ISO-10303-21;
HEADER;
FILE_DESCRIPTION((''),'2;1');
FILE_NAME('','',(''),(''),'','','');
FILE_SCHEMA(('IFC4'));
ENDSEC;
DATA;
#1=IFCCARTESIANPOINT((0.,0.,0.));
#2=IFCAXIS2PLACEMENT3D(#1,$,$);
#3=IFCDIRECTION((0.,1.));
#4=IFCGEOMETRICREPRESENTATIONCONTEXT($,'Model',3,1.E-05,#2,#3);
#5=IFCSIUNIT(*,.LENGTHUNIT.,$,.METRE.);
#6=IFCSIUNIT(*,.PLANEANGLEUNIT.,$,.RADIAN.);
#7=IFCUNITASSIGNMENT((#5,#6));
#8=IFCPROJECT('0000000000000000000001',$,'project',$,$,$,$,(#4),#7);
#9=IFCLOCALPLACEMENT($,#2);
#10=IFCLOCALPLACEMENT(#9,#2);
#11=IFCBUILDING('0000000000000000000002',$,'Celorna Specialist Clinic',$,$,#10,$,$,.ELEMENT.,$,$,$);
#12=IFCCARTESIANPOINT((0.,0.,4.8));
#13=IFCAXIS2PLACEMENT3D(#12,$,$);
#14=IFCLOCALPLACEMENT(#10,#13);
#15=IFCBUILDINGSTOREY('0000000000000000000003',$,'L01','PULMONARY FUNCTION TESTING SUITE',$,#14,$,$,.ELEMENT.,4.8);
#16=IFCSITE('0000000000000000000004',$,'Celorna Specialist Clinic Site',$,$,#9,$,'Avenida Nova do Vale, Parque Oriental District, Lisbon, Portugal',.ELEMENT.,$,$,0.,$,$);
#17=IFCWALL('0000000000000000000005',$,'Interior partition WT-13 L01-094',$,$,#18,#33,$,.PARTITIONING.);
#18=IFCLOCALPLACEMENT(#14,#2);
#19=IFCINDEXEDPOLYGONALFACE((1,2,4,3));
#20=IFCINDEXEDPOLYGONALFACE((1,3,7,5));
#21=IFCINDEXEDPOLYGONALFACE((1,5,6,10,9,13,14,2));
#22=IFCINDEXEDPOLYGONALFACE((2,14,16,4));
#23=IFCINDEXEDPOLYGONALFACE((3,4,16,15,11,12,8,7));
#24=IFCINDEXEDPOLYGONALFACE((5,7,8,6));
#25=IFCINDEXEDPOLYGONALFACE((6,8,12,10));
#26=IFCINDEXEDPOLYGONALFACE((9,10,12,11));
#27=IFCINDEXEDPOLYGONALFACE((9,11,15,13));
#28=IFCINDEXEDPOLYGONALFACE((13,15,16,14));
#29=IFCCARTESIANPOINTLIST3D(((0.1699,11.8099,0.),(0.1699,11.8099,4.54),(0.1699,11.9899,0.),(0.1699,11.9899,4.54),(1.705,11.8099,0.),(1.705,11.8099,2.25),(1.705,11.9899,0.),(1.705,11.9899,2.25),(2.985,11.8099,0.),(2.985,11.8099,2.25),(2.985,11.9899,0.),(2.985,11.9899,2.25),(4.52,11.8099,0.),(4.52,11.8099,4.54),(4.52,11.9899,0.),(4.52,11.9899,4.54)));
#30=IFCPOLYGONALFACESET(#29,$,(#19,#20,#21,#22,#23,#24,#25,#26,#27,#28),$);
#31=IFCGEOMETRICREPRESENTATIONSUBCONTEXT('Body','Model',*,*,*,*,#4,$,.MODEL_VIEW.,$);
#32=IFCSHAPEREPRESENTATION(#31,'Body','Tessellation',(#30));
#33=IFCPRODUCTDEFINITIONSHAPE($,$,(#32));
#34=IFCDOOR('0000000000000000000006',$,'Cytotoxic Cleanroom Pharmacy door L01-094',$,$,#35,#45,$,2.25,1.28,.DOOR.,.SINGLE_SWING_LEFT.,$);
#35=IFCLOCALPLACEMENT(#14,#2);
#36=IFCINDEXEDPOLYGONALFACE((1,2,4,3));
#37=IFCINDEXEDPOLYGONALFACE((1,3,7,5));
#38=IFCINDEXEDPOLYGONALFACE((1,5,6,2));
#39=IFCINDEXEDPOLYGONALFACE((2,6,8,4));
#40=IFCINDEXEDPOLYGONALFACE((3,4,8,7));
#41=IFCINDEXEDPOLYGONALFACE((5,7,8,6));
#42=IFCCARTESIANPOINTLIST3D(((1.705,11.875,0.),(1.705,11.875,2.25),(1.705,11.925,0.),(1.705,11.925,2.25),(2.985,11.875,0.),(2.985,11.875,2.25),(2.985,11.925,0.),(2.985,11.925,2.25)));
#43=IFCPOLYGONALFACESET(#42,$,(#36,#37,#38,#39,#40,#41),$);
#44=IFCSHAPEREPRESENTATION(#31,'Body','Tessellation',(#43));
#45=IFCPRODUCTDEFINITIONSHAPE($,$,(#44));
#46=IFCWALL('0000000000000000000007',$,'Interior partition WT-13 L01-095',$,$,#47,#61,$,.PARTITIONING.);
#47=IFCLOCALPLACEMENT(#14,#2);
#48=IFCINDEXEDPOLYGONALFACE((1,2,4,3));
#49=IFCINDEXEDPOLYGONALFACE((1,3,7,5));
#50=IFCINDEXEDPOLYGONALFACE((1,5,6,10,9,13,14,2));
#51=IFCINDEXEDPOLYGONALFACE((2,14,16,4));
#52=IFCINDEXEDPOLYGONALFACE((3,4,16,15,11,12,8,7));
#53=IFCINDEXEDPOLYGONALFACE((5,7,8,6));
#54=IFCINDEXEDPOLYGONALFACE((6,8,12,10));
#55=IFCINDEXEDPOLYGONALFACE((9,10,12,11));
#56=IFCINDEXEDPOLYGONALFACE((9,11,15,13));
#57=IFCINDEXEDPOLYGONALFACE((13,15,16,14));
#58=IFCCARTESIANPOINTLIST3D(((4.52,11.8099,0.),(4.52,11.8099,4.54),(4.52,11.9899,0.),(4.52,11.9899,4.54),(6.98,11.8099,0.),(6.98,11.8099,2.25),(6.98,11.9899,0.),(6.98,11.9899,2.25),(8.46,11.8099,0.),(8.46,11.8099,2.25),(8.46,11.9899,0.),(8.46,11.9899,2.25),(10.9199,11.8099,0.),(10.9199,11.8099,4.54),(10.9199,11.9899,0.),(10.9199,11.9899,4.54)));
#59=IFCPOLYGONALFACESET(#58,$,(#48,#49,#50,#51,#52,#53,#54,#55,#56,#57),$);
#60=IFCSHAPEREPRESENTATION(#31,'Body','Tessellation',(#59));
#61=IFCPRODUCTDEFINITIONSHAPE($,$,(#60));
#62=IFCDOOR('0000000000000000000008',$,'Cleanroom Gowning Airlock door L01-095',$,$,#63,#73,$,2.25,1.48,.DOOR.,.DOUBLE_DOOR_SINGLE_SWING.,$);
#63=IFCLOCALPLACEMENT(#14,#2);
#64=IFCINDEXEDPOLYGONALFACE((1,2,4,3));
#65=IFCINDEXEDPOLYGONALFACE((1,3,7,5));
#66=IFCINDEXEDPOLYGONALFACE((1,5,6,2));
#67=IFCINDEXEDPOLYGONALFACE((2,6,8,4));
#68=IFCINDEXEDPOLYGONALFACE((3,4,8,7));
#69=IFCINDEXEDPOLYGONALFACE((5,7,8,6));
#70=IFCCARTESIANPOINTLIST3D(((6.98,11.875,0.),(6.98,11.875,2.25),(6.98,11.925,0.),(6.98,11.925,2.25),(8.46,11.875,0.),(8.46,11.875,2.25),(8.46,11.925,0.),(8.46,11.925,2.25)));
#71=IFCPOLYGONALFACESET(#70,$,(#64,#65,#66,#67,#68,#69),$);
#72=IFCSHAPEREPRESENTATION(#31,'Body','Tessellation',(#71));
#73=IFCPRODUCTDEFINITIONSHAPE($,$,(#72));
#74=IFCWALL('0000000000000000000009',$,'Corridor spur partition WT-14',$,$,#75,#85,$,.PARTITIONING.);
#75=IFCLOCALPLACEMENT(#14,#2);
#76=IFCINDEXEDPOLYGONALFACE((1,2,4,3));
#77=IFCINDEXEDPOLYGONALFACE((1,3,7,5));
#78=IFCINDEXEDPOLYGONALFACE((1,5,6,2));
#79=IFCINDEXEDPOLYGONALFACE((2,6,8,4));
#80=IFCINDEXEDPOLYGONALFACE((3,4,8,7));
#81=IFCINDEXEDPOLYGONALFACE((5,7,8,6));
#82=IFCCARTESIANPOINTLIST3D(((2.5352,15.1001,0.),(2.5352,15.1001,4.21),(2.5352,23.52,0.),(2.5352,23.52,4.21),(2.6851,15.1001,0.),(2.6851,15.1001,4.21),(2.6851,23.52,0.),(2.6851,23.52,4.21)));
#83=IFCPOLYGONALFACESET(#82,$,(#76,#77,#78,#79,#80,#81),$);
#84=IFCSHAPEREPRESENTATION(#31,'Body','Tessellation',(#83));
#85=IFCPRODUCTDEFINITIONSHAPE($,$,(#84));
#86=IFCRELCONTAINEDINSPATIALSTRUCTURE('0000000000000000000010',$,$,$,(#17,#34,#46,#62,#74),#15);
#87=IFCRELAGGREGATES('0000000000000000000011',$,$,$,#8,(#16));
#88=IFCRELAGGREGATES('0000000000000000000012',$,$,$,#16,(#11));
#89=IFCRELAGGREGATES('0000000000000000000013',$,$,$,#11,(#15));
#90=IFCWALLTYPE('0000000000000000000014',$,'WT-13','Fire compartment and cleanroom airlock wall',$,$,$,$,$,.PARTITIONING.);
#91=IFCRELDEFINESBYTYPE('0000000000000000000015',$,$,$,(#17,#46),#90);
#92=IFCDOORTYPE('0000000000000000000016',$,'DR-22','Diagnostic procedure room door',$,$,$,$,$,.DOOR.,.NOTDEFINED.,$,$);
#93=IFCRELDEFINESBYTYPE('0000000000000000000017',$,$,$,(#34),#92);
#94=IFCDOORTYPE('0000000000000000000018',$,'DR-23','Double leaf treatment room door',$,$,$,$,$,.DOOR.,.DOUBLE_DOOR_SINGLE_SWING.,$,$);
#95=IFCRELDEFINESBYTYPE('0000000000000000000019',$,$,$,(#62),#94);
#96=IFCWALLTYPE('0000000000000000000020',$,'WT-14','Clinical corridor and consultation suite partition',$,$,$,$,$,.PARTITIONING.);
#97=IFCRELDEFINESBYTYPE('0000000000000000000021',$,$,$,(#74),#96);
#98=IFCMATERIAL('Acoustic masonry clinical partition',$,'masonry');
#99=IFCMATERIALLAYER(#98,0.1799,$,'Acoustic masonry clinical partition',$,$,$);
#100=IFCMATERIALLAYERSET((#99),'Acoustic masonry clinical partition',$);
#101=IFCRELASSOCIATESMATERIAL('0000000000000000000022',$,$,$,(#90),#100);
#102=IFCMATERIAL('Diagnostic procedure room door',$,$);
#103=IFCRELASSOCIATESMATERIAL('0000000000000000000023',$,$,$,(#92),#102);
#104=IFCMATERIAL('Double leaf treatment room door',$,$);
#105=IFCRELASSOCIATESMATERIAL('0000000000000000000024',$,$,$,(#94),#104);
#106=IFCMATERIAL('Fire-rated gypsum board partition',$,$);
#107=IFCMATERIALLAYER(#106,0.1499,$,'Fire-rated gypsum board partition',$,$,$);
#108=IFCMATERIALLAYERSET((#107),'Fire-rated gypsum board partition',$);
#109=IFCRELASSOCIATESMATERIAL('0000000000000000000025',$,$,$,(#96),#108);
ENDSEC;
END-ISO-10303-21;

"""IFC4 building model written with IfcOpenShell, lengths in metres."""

from ifc_helpers import new_model, si_unit, direction, frame, frame_2d, origin, place, context, subcontext, project, spatial, rectangle, extrude, material, layer, layer_set, type_object, element, fill, save


model = new_model("IFC4")

# Units and contexts
model_context = context("Model", 3, precision=1e-05, world=origin(), true_north=direction((0.0, 1.0)))
body_context = subcontext(model_context, "Body", "Model", "MODEL_VIEW")
ifc_project = project(units=[si_unit("LENGTHUNIT", "METRE"), si_unit("PLANEANGLEUNIT", "RADIAN")], contexts=[model_context])

# Site, building, storey
site_placement = place(None, origin())
site = spatial("IfcSite", under=ifc_project, at=site_placement, Name="Celorna Specialist Clinic Site", LongName="Avenida Nova do Vale, Parque Oriental District, Lisbon, Portugal", CompositionType="ELEMENT", RefElevation=0.0)
building_placement = place(site_placement, origin())
building = spatial("IfcBuilding", under=site, at=building_placement, Name="Celorna Specialist Clinic", CompositionType="ELEMENT")
storey_placement = place(building_placement, frame((0.0, 0.0, 4.8)))
storey = spatial("IfcBuildingStorey", under=building, at=storey_placement, Name="L01", Description="PULMONARY FUNCTION TESTING SUITE", CompositionType="ELEMENT", Elevation=4.8)

# Walls, openings, doors
ifc_material_1 = material(Name="Acoustic masonry clinical partition", Category="masonry")
ifc_layer_1 = layer(ifc_material_1, 0.1799, Name="Acoustic masonry clinical partition")
ifc_layer_set_1 = layer_set([ifc_layer_1], Name="Acoustic masonry clinical partition")
wall_type_1 = type_object("IfcWallType", Name="WT-13", Description="Fire compartment and cleanroom airlock wall", PredefinedType="PARTITIONING", material=ifc_layer_set_1)
wall_1_placement = place(storey_placement, frame((4.52, 11.8999, 0.0), z_axis=(0.0, 0.0, 1.0), x_axis=(-1.0, 0.0, 0.0)))
wall_1 = element("IfcWall", 1, at=wall_1_placement, inside=storey, type_object=wall_type_1, Name="Interior partition WT-13 L01-094", PredefinedType="PARTITIONING", context=body_context, shape_type="SweptSolid", body=[
    extrude(rectangle(XDim=4.3501, YDim=0.1799, at=frame_2d((2.175, 0.0))), origin(), (0.0, 0.0, 1.0), 4.54),
])
opening_1_placement = place(wall_1_placement, frame((1.5349, 0.0, 0.0)))
opening_1 = element("IfcOpeningElement", 2, at=opening_1_placement, cuts=wall_1, PredefinedType="OPENING", context=body_context, shape_type="SweptSolid", body=[
    extrude(rectangle(XDim=1.28, YDim=2.25, at=frame_2d((0.6401, 1.125))), frame((0.0, 0.0999, 0.0), z_axis=(0.0, -1.0, 0.0), x_axis=(1.0, 0.0, 0.0)), (0.0, 0.0, 1.0), 0.2),
])
ifc_material_2 = material(Name="Diagnostic procedure room door")
door_type_1 = type_object("IfcDoorType", Name="DR-22", Description="Diagnostic procedure room door", OperationType="NOTDEFINED", PredefinedType="DOOR", material=ifc_material_2)
door_1_placement = place(opening_1_placement, origin())
door_1 = element("IfcDoor", 3, at=door_1_placement, inside=storey, type_object=door_type_1, Name="Cytotoxic Cleanroom Pharmacy door L01-094", OperationType="SINGLE_SWING_LEFT", OverallHeight=2.25, OverallWidth=1.28, PredefinedType="DOOR", context=body_context, shape_type="SweptSolid", body=[
    extrude(rectangle(XDim=1.28, YDim=2.25, at=frame_2d((0.6401, 1.125))), frame((0.0, 0.0249, 0.0), z_axis=(0.0, -1.0, 0.0), x_axis=(1.0, 0.0, 0.0)), (0.0, 0.0, 1.0), 0.05),
])
fill(opening_1, door_1)
wall_2_placement = place(storey_placement, frame((10.9199, 11.8999, 0.0), z_axis=(0.0, 0.0, 1.0), x_axis=(-1.0, 0.0, 0.0)))
wall_2 = element("IfcWall", 4, at=wall_2_placement, inside=storey, type_object=wall_type_1, Name="Interior partition WT-13 L01-095", PredefinedType="PARTITIONING", context=body_context, shape_type="SweptSolid", body=[
    extrude(rectangle(XDim=6.3999, YDim=0.1799, at=frame_2d((3.2, 0.0))), origin(), (0.0, 0.0, 1.0), 4.54),
])
opening_2_placement = place(wall_2_placement, frame((2.46, 0.0, 0.0)))
opening_2 = element("IfcOpeningElement", 5, at=opening_2_placement, cuts=wall_2, PredefinedType="OPENING", context=body_context, shape_type="SweptSolid", body=[
    extrude(rectangle(XDim=1.48, YDim=2.25, at=frame_2d((0.74, 1.125))), frame((0.0, 0.0999, 0.0), z_axis=(0.0, -1.0, 0.0), x_axis=(1.0, 0.0, 0.0)), (0.0, 0.0, 1.0), 0.2),
])
ifc_material_3 = material(Name="Double leaf treatment room door")
door_type_2 = type_object("IfcDoorType", Name="DR-23", Description="Double leaf treatment room door", OperationType="DOUBLE_DOOR_SINGLE_SWING", PredefinedType="DOOR", material=ifc_material_3)
door_2_placement = place(opening_2_placement, origin())
door_2 = element("IfcDoor", 6, at=door_2_placement, inside=storey, type_object=door_type_2, Name="Cleanroom Gowning Airlock door L01-095", OperationType="DOUBLE_DOOR_SINGLE_SWING", OverallHeight=2.25, OverallWidth=1.48, PredefinedType="DOOR", context=body_context, shape_type="SweptSolid", body=[
    extrude(rectangle(XDim=1.48, YDim=2.25, at=frame_2d((0.74, 1.125))), frame((0.0, 0.0249, 0.0), z_axis=(0.0, -1.0, 0.0), x_axis=(1.0, 0.0, 0.0)), (0.0, 0.0, 1.0), 0.05),
])
fill(opening_2, door_2)

# Wall
ifc_material_4 = material(Name="Fire-rated gypsum board partition")
ifc_layer_2 = layer(ifc_material_4, 0.1499, Name="Fire-rated gypsum board partition")
ifc_layer_set_2 = layer_set([ifc_layer_2], Name="Fire-rated gypsum board partition")
wall_type_2 = type_object("IfcWallType", Name="WT-14", Description="Clinical corridor and consultation suite partition", PredefinedType="PARTITIONING", material=ifc_layer_set_2)
wall_3_placement = place(storey_placement, frame((2.6101, 15.1001, 0.0), z_axis=(0.0, 0.0, 1.0), x_axis=(0.0, 1.0, 0.0)))
element("IfcWall", 7, at=wall_3_placement, inside=storey, type_object=wall_type_2, Name="Corridor spur partition WT-14", PredefinedType="PARTITIONING", context=body_context, shape_type="SweptSolid", body=[
    extrude(rectangle(XDim=8.4199, YDim=0.1499, at=frame_2d((4.21, 0.0))), origin(), (0.0, 0.0, 1.0), 4.21),
])

save(model, "model.ifc")
